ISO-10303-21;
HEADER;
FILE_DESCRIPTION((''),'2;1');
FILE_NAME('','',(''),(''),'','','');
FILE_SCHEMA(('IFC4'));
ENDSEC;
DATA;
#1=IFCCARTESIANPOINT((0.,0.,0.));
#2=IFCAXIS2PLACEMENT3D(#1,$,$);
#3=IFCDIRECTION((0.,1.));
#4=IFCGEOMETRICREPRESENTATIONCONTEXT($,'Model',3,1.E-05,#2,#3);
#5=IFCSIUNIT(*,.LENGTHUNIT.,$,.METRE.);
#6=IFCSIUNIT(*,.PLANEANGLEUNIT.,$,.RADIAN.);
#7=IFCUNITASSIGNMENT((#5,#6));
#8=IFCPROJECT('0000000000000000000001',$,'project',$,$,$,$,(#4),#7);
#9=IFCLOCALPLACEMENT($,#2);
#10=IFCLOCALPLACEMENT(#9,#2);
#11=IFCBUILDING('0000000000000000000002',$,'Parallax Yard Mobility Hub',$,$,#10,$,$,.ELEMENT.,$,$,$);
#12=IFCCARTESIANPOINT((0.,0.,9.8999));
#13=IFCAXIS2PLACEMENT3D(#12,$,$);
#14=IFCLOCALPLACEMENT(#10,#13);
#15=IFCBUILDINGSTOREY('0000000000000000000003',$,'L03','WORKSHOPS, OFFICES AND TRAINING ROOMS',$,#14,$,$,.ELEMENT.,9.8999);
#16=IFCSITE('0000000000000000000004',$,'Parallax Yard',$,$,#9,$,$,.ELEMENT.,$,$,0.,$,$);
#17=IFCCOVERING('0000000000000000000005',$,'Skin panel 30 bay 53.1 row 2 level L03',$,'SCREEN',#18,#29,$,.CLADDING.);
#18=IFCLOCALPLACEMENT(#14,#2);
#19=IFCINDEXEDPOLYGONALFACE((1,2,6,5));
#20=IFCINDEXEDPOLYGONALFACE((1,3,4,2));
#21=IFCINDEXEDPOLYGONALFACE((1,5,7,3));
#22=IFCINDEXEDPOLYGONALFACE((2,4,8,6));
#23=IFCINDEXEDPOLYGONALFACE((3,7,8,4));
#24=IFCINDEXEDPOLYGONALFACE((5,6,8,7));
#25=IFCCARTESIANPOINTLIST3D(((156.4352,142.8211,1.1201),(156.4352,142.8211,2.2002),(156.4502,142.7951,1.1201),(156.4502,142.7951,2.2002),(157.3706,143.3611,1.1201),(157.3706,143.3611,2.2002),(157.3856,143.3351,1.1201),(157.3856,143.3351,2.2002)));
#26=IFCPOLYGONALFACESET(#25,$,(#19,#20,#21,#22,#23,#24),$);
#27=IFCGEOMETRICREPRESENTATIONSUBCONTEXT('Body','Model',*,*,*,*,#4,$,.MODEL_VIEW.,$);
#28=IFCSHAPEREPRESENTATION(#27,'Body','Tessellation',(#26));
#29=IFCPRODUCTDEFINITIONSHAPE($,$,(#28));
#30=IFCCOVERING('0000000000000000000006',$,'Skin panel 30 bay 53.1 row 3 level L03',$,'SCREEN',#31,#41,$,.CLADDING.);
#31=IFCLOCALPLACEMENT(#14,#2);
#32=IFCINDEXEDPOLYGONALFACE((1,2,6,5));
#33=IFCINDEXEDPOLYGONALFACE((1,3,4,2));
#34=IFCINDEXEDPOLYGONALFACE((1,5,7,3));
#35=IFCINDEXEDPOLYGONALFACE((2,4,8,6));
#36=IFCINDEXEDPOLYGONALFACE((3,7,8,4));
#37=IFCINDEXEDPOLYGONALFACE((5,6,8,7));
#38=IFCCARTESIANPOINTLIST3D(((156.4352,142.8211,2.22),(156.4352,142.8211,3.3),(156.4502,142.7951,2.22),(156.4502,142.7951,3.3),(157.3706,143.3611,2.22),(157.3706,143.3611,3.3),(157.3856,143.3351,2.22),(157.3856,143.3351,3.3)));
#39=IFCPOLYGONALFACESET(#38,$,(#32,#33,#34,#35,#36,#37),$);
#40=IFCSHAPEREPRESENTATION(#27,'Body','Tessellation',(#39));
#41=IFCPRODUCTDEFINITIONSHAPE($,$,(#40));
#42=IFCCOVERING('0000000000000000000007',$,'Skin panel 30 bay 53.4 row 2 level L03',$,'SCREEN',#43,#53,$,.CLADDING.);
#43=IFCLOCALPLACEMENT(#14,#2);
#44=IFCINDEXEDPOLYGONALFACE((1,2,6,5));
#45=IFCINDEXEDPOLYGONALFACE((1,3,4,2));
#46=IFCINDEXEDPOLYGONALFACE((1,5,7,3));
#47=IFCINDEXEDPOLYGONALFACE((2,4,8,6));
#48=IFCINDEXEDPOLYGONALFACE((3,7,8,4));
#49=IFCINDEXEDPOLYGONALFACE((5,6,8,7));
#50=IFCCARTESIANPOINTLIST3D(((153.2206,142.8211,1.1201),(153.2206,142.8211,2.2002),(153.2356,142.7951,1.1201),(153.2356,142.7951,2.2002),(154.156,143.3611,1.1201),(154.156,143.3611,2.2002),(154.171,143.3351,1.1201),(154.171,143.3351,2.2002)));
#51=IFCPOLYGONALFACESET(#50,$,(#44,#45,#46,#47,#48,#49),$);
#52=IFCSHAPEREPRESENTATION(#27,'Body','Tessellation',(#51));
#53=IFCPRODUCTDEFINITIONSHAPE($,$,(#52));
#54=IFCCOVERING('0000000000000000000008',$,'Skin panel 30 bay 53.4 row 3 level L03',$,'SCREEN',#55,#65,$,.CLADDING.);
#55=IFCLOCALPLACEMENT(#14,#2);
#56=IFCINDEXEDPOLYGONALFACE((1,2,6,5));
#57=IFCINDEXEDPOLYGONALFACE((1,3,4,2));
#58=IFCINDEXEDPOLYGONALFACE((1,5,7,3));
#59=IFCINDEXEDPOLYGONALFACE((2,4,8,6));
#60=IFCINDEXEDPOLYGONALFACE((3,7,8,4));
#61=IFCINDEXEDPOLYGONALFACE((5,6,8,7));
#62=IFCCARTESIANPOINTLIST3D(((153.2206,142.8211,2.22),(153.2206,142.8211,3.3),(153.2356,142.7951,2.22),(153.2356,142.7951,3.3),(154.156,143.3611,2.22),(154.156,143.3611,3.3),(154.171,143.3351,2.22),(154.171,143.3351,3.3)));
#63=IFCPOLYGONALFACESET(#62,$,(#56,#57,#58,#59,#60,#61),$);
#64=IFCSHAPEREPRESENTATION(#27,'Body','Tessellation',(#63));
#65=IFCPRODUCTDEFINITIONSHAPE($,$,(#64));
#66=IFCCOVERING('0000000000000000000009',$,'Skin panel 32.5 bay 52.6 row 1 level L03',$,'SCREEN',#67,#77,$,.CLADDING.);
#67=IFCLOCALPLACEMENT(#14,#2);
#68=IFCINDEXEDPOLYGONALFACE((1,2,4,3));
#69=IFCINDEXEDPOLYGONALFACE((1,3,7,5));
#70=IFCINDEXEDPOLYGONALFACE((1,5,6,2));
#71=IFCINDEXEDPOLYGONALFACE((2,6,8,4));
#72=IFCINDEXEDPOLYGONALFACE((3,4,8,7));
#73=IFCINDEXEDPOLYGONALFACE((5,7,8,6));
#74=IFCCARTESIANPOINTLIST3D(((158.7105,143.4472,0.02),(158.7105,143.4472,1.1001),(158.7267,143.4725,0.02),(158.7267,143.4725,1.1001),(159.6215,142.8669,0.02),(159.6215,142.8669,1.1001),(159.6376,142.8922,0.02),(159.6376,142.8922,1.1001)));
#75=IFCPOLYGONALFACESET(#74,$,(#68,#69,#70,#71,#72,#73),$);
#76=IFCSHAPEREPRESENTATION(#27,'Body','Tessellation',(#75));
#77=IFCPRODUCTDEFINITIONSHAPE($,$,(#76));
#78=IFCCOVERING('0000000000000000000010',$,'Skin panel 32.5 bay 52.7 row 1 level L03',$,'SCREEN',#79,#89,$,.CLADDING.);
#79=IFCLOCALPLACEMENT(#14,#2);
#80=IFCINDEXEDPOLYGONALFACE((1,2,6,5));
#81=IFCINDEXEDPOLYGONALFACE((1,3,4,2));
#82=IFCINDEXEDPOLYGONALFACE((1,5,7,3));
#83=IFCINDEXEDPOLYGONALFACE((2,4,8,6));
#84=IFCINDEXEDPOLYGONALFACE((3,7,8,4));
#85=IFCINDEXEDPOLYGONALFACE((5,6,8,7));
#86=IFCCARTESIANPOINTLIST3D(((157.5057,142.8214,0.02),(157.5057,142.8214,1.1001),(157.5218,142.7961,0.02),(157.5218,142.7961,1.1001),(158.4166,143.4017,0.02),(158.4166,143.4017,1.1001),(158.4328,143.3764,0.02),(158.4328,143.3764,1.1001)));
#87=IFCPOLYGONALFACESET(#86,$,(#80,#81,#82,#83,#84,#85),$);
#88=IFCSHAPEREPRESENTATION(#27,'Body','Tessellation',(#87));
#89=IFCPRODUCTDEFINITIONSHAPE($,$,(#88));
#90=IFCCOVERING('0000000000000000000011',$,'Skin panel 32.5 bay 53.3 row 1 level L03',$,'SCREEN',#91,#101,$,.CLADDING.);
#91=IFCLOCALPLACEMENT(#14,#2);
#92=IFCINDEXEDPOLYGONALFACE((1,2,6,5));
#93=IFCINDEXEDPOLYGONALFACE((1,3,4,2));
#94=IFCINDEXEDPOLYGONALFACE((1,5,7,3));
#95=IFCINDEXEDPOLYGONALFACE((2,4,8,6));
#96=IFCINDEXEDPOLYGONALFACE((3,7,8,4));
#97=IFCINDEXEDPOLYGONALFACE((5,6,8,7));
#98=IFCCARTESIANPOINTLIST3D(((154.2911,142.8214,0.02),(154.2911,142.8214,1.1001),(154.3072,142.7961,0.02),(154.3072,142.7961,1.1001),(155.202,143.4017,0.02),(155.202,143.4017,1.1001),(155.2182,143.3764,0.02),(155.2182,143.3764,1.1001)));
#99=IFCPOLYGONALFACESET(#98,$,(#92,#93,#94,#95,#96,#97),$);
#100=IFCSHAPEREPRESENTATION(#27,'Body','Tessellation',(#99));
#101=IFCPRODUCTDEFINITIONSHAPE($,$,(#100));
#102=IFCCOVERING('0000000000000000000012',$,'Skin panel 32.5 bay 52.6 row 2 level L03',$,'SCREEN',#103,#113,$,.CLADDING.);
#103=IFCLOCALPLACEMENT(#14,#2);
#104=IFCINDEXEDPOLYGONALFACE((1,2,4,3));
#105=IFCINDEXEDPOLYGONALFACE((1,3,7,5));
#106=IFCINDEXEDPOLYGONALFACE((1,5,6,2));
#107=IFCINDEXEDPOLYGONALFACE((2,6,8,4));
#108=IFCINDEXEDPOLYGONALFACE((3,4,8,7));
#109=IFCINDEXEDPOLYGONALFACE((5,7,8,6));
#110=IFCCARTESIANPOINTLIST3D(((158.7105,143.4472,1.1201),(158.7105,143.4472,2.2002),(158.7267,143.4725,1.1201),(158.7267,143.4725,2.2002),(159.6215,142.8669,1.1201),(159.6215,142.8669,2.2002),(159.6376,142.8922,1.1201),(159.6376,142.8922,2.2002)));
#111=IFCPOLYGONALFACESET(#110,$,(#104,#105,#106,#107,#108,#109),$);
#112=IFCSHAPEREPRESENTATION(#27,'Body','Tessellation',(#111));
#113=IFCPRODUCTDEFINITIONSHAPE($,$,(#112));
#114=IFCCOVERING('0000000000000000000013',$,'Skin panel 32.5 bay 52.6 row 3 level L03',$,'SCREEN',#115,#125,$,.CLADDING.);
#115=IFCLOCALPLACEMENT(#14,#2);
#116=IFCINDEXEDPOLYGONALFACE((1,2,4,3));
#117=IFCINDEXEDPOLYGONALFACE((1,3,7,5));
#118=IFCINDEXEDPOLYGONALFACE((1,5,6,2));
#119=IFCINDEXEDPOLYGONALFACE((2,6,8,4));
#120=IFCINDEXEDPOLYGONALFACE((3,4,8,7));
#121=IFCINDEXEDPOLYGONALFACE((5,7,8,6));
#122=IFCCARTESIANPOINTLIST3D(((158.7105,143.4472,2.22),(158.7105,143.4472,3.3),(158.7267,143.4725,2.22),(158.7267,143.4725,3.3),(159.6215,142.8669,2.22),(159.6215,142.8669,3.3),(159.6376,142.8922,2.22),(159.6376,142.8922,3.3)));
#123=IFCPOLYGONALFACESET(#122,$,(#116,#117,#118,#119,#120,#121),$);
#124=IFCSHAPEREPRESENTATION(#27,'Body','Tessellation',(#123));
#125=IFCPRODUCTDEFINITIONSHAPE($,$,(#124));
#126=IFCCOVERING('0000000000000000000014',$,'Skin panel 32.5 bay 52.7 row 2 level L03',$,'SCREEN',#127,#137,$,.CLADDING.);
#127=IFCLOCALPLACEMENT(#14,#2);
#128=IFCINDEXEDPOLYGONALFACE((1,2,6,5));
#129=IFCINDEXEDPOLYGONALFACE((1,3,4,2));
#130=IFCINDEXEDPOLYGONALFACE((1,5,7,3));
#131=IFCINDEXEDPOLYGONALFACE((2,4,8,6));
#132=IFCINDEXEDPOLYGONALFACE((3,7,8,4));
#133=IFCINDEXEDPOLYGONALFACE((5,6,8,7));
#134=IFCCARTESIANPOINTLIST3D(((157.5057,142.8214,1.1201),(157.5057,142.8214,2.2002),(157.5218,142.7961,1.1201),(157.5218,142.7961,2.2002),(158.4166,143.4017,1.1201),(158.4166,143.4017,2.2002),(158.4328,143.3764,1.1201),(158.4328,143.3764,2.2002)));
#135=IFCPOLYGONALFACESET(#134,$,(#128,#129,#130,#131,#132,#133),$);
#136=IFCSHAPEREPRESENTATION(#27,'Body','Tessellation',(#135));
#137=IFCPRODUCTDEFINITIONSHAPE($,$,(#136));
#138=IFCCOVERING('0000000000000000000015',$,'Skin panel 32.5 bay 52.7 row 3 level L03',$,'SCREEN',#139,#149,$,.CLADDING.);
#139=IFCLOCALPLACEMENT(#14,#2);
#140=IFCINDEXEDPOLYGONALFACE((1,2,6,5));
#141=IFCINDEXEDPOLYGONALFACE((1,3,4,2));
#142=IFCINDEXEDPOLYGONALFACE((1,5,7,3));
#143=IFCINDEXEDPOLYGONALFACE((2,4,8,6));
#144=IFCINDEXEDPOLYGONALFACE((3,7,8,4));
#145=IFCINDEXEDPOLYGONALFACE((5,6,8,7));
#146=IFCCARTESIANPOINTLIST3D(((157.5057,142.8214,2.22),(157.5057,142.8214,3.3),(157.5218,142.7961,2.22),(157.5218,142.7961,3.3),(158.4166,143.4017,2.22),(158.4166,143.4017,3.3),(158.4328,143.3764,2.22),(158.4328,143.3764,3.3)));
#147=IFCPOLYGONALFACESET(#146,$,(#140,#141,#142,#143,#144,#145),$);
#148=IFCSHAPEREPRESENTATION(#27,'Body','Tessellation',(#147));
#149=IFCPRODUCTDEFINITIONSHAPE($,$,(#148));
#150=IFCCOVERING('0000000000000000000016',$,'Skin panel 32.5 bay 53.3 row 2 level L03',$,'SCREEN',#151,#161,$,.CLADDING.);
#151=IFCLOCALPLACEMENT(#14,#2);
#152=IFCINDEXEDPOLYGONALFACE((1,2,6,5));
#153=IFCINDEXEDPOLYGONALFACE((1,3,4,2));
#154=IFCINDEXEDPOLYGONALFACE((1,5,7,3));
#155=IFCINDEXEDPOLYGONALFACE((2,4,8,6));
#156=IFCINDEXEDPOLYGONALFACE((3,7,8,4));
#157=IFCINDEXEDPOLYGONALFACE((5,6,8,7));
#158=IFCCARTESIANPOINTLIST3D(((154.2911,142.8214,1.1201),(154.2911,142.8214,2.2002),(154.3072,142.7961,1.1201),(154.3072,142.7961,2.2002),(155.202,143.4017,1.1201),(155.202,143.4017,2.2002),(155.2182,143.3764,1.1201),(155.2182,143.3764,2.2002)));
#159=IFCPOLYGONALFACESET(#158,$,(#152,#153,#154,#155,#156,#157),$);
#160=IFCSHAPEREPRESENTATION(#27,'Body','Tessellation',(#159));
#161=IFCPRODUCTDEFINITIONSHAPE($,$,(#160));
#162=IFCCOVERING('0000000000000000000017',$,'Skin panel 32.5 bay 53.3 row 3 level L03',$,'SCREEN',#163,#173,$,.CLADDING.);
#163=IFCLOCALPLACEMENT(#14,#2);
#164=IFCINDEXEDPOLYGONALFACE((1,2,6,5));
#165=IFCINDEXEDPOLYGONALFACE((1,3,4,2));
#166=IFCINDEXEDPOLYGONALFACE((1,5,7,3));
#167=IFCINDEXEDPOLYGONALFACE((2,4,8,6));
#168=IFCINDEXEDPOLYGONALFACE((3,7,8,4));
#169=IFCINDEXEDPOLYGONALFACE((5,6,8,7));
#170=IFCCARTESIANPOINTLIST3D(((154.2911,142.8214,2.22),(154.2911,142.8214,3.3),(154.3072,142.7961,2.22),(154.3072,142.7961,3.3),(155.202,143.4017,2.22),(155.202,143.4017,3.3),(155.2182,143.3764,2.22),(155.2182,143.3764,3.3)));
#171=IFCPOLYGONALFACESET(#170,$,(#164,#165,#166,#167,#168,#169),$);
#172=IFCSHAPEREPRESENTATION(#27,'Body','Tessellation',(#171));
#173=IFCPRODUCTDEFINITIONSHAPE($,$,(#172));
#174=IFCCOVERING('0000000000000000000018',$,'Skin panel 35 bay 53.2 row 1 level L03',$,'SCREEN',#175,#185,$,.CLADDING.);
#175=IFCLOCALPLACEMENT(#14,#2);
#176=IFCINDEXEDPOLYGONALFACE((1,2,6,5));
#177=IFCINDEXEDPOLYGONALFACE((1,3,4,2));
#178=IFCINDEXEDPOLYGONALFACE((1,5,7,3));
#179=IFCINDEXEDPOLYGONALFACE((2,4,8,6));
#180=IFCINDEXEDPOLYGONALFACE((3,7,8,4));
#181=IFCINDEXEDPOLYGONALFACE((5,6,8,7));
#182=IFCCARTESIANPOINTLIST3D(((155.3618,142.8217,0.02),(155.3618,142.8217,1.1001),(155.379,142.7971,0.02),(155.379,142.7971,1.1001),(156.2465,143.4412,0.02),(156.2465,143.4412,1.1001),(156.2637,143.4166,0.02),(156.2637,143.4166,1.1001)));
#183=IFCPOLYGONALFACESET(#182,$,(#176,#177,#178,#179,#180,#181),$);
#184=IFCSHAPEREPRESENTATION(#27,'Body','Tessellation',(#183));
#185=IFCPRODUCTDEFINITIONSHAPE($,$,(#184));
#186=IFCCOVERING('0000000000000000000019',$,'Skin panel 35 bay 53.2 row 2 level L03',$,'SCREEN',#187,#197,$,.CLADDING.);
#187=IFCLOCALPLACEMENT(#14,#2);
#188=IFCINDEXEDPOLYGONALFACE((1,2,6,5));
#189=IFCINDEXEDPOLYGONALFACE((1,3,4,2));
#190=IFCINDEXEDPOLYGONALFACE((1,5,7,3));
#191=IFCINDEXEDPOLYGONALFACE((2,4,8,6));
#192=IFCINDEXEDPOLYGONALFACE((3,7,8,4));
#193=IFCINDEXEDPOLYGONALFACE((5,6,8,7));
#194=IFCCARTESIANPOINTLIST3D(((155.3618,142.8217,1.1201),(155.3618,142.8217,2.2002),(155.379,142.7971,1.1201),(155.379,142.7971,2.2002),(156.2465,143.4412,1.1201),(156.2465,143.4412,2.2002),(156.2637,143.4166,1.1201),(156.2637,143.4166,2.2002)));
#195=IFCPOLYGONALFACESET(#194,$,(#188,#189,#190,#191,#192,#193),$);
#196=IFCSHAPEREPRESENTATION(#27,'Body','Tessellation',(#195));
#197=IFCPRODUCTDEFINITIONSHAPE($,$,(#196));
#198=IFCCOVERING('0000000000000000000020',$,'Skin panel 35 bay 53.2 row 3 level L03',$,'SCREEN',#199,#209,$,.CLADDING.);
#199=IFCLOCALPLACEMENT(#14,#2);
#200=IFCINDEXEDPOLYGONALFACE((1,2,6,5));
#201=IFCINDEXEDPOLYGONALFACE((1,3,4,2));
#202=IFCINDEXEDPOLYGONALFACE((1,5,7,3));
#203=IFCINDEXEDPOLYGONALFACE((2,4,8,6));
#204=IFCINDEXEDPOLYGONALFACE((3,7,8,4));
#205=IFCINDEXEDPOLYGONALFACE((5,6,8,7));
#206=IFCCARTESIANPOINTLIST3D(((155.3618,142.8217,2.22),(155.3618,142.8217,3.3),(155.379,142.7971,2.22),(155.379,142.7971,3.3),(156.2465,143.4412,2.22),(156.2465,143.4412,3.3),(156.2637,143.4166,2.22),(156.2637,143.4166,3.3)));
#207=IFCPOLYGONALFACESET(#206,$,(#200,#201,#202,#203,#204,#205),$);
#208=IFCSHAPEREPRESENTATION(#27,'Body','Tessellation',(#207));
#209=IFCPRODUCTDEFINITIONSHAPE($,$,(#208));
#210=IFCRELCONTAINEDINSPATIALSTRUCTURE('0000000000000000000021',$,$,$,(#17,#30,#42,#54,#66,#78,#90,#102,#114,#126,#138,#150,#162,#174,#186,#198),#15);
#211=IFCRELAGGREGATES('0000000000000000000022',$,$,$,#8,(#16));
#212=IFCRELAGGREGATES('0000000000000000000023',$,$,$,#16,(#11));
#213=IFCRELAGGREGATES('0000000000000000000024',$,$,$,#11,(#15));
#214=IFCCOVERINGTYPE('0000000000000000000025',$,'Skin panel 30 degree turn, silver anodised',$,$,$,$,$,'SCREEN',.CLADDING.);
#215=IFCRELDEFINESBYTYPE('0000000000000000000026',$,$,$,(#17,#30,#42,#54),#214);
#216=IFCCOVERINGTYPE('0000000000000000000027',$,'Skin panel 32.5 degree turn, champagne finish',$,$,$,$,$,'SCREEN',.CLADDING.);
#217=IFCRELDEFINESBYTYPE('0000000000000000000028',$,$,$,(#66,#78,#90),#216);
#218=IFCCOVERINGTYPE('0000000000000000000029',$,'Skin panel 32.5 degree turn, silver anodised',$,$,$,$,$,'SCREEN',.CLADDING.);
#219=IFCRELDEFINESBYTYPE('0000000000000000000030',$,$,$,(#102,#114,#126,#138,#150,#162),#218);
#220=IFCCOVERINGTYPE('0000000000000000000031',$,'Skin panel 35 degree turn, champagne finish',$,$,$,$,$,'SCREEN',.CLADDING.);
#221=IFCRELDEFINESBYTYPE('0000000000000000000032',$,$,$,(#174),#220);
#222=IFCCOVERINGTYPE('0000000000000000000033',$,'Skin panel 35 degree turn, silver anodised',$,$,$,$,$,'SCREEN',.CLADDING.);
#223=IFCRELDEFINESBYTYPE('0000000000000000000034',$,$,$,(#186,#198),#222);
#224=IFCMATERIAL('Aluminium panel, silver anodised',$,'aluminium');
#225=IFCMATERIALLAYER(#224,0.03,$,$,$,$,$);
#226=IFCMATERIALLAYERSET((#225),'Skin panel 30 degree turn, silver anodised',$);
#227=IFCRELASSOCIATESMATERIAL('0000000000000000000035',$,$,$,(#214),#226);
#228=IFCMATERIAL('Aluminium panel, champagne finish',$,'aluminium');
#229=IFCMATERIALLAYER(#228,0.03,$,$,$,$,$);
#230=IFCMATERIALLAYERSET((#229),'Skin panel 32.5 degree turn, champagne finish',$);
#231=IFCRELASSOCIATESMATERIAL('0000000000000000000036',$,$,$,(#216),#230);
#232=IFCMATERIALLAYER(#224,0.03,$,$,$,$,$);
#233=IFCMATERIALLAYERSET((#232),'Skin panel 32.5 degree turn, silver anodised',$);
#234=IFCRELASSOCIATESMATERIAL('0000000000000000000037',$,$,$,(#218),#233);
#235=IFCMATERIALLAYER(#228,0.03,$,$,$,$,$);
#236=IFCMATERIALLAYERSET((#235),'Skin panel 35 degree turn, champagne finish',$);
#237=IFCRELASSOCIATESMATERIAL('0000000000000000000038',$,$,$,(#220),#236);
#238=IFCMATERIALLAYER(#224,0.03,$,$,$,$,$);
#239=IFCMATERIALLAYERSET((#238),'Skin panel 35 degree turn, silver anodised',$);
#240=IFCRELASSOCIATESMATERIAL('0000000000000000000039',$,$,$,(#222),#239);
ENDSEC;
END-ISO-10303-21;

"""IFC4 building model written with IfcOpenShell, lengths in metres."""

from ifc_helpers import new_model, si_unit, direction, frame, origin, origin_2d, place, context, subcontext, project, spatial, rectangle, extrude, material, layer, layer_set, type_object, element, save


model = new_model("IFC4")

# Units and contexts
model_context = context("Model", 3, precision=1e-05, world=origin(), true_north=direction((0.0, 1.0)))
body_context = subcontext(model_context, "Body", "Model", "MODEL_VIEW")
ifc_project = project(units=[si_unit("LENGTHUNIT", "METRE"), si_unit("PLANEANGLEUNIT", "RADIAN")], contexts=[model_context])

# Site, building, storey
site_placement = place(None, origin())
site = spatial("IfcSite", under=ifc_project, at=site_placement, Name="Parallax Yard", CompositionType="ELEMENT", RefElevation=0.0)
building_placement = place(site_placement, origin())
building = spatial("IfcBuilding", under=site, at=building_placement, Name="Parallax Yard Mobility Hub", CompositionType="ELEMENT")
storey_placement = place(building_placement, frame((0.0, 0.0, 9.8999)))
storey = spatial("IfcBuildingStorey", under=building, at=storey_placement, Name="L03", Description="WORKSHOPS, OFFICES AND TRAINING ROOMS", CompositionType="ELEMENT", Elevation=9.8999)

# Coverings
ifc_material_1 = material(Name="Aluminium panel, champagne finish", Category="aluminium")
ifc_material_2 = material(Name="Aluminium panel, silver anodised", Category="aluminium")
ifc_layer_1 = layer(ifc_material_2, 0.03)
ifc_layer_set_1 = layer_set([ifc_layer_1], Name="Skin panel 30 degree turn, silver anodised")
covering_type_1 = type_object("IfcCoveringType", Name="Skin panel 30 degree turn, silver anodised", ElementType="SCREEN", PredefinedType="CLADDING", material=ifc_layer_set_1)
for number, where, z_axis, x_axis, name in (
    (1, (156.9104, 143.0781, 1.1201), (0.0, 0.0, 1.0), (0.866025, 0.5, 0.0), "Skin panel 30 bay 53.1 row 2 level L03"),
    (2, (156.9104, 143.0781, 2.22), (0.0, 0.0, 1.0), (0.866025, 0.5, 0.0), "Skin panel 30 bay 53.1 row 3 level L03"),
    (3, (153.6958, 143.0781, 1.1201), (0.0, 0.0, 1.0), (0.866025, 0.5, 0.0), "Skin panel 30 bay 53.4 row 2 level L03"),
    (4, (153.6958, 143.0781, 2.22), (0.0, 0.0, 1.0), (0.866025, 0.5, 0.0), "Skin panel 30 bay 53.4 row 3 level L03"),
):
    element("IfcCovering", number, at=place(storey_placement, frame(where, z_axis=z_axis, x_axis=x_axis)), inside=storey, type_object=covering_type_1, Name=name, ObjectType="SCREEN", PredefinedType="CLADDING", context=body_context, shape_type="SweptSolid", body=[
        extrude(rectangle(XDim=1.0801, YDim=0.03, at=origin_2d()), origin(), (0.0, 0.0, 1.0), 1.0801),
    ])
ifc_layer_2 = layer(ifc_material_1, 0.03)
ifc_layer_set_2 = layer_set([ifc_layer_2], Name="Skin panel 32.5 degree turn, champagne finish")
covering_type_2 = type_object("IfcCoveringType", Name="Skin panel 32.5 degree turn, champagne finish", ElementType="SCREEN", PredefinedType="CLADDING", material=ifc_layer_set_2)
for number, where, z_axis, x_axis, name in (
    (5, (159.1741, 143.1697, 0.02), (0.0, 0.0, 1.0), (-0.843391, 0.5373, 0.0), "Skin panel 32.5 bay 52.6 row 1 level L03"),
    (6, (157.9692, 143.0989, 0.02), (0.0, 0.0, 1.0), (0.843391, 0.5373, 0.0), "Skin panel 32.5 bay 52.7 row 1 level L03"),
    (7, (154.7546, 143.0989, 0.02), (0.0, 0.0, 1.0), (0.843391, 0.5373, 0.0), "Skin panel 32.5 bay 53.3 row 1 level L03"),
):
    element("IfcCovering", number, at=place(storey_placement, frame(where, z_axis=z_axis, x_axis=x_axis)), inside=storey, type_object=covering_type_2, Name=name, ObjectType="SCREEN", PredefinedType="CLADDING", context=body_context, shape_type="SweptSolid", body=[
        extrude(rectangle(XDim=1.0801, YDim=0.03, at=origin_2d()), origin(), (0.0, 0.0, 1.0), 1.0801),
    ])
ifc_layer_3 = layer(ifc_material_2, 0.03)
ifc_layer_set_3 = layer_set([ifc_layer_3], Name="Skin panel 32.5 degree turn, silver anodised")
covering_type_3 = type_object("IfcCoveringType", Name="Skin panel 32.5 degree turn, silver anodised", ElementType="SCREEN", PredefinedType="CLADDING", material=ifc_layer_set_3)
for number, where, z_axis, x_axis, name in (
    (8, (159.1741, 143.1697, 1.1201), (0.0, 0.0, 1.0), (-0.843391, 0.5373, 0.0), "Skin panel 32.5 bay 52.6 row 2 level L03"),
    (9, (159.1741, 143.1697, 2.22), (0.0, 0.0, 1.0), (-0.843391, 0.5373, 0.0), "Skin panel 32.5 bay 52.6 row 3 level L03"),
    (10, (157.9692, 143.0989, 1.1201), (0.0, 0.0, 1.0), (0.843391, 0.5373, 0.0), "Skin panel 32.5 bay 52.7 row 2 level L03"),
    (11, (157.9692, 143.0989, 2.22), (0.0, 0.0, 1.0), (0.843391, 0.5373, 0.0), "Skin panel 32.5 bay 52.7 row 3 level L03"),
    (12, (154.7546, 143.0989, 1.1201), (0.0, 0.0, 1.0), (0.843391, 0.5373, 0.0), "Skin panel 32.5 bay 53.3 row 2 level L03"),
    (13, (154.7546, 143.0989, 2.22), (0.0, 0.0, 1.0), (0.843391, 0.5373, 0.0), "Skin panel 32.5 bay 53.3 row 3 level L03"),
):
    element("IfcCovering", number, at=place(storey_placement, frame(where, z_axis=z_axis, x_axis=x_axis)), inside=storey, type_object=covering_type_3, Name=name, ObjectType="SCREEN", PredefinedType="CLADDING", context=body_context, shape_type="SweptSolid", body=[
        extrude(rectangle(XDim=1.0801, YDim=0.03, at=origin_2d()), origin(), (0.0, 0.0, 1.0), 1.0801),
    ])
ifc_layer_4 = layer(ifc_material_1, 0.03)
ifc_layer_set_4 = layer_set([ifc_layer_4], Name="Skin panel 35 degree turn, champagne finish")
covering_type_4 = type_object("IfcCoveringType", Name="Skin panel 35 degree turn, champagne finish", ElementType="SCREEN", PredefinedType="CLADDING", material=ifc_layer_set_4)
covering_1_placement = place(storey_placement, frame((155.8127, 143.1191, 0.02), z_axis=(0.0, 0.0, 1.0), x_axis=(0.819152, 0.573576, 0.0)))
element("IfcCovering", 14, at=covering_1_placement, inside=storey, type_object=covering_type_4, Name="Skin panel 35 bay 53.2 row 1 level L03", ObjectType="SCREEN", PredefinedType="CLADDING", context=body_context, shape_type="SweptSolid", body=[
    extrude(rectangle(XDim=1.0801, YDim=0.03, at=origin_2d()), origin(), (0.0, 0.0, 1.0), 1.0801),
])
ifc_layer_5 = layer(ifc_material_2, 0.03)
ifc_layer_set_5 = layer_set([ifc_layer_5], Name="Skin panel 35 degree turn, silver anodised")
covering_type_5 = type_object("IfcCoveringType", Name="Skin panel 35 degree turn, silver anodised", ElementType="SCREEN", PredefinedType="CLADDING", material=ifc_layer_set_5)
for number, where, z_axis, x_axis, name in (
    (15, (155.8127, 143.1191, 1.1201), (0.0, 0.0, 1.0), (0.819152, 0.573576, 0.0), "Skin panel 35 bay 53.2 row 2 level L03"),
    (16, (155.8127, 143.1191, 2.22), (0.0, 0.0, 1.0), (0.819152, 0.573576, 0.0), "Skin panel 35 bay 53.2 row 3 level L03"),
):
    element("IfcCovering", number, at=place(storey_placement, frame(where, z_axis=z_axis, x_axis=x_axis)), inside=storey, type_object=covering_type_5, Name=name, ObjectType="SCREEN", PredefinedType="CLADDING", context=body_context, shape_type="SweptSolid", body=[
        extrude(rectangle(XDim=1.0801, YDim=0.03, at=origin_2d()), origin(), (0.0, 0.0, 1.0), 1.0801),
    ])

save(model, "model.ifc")
